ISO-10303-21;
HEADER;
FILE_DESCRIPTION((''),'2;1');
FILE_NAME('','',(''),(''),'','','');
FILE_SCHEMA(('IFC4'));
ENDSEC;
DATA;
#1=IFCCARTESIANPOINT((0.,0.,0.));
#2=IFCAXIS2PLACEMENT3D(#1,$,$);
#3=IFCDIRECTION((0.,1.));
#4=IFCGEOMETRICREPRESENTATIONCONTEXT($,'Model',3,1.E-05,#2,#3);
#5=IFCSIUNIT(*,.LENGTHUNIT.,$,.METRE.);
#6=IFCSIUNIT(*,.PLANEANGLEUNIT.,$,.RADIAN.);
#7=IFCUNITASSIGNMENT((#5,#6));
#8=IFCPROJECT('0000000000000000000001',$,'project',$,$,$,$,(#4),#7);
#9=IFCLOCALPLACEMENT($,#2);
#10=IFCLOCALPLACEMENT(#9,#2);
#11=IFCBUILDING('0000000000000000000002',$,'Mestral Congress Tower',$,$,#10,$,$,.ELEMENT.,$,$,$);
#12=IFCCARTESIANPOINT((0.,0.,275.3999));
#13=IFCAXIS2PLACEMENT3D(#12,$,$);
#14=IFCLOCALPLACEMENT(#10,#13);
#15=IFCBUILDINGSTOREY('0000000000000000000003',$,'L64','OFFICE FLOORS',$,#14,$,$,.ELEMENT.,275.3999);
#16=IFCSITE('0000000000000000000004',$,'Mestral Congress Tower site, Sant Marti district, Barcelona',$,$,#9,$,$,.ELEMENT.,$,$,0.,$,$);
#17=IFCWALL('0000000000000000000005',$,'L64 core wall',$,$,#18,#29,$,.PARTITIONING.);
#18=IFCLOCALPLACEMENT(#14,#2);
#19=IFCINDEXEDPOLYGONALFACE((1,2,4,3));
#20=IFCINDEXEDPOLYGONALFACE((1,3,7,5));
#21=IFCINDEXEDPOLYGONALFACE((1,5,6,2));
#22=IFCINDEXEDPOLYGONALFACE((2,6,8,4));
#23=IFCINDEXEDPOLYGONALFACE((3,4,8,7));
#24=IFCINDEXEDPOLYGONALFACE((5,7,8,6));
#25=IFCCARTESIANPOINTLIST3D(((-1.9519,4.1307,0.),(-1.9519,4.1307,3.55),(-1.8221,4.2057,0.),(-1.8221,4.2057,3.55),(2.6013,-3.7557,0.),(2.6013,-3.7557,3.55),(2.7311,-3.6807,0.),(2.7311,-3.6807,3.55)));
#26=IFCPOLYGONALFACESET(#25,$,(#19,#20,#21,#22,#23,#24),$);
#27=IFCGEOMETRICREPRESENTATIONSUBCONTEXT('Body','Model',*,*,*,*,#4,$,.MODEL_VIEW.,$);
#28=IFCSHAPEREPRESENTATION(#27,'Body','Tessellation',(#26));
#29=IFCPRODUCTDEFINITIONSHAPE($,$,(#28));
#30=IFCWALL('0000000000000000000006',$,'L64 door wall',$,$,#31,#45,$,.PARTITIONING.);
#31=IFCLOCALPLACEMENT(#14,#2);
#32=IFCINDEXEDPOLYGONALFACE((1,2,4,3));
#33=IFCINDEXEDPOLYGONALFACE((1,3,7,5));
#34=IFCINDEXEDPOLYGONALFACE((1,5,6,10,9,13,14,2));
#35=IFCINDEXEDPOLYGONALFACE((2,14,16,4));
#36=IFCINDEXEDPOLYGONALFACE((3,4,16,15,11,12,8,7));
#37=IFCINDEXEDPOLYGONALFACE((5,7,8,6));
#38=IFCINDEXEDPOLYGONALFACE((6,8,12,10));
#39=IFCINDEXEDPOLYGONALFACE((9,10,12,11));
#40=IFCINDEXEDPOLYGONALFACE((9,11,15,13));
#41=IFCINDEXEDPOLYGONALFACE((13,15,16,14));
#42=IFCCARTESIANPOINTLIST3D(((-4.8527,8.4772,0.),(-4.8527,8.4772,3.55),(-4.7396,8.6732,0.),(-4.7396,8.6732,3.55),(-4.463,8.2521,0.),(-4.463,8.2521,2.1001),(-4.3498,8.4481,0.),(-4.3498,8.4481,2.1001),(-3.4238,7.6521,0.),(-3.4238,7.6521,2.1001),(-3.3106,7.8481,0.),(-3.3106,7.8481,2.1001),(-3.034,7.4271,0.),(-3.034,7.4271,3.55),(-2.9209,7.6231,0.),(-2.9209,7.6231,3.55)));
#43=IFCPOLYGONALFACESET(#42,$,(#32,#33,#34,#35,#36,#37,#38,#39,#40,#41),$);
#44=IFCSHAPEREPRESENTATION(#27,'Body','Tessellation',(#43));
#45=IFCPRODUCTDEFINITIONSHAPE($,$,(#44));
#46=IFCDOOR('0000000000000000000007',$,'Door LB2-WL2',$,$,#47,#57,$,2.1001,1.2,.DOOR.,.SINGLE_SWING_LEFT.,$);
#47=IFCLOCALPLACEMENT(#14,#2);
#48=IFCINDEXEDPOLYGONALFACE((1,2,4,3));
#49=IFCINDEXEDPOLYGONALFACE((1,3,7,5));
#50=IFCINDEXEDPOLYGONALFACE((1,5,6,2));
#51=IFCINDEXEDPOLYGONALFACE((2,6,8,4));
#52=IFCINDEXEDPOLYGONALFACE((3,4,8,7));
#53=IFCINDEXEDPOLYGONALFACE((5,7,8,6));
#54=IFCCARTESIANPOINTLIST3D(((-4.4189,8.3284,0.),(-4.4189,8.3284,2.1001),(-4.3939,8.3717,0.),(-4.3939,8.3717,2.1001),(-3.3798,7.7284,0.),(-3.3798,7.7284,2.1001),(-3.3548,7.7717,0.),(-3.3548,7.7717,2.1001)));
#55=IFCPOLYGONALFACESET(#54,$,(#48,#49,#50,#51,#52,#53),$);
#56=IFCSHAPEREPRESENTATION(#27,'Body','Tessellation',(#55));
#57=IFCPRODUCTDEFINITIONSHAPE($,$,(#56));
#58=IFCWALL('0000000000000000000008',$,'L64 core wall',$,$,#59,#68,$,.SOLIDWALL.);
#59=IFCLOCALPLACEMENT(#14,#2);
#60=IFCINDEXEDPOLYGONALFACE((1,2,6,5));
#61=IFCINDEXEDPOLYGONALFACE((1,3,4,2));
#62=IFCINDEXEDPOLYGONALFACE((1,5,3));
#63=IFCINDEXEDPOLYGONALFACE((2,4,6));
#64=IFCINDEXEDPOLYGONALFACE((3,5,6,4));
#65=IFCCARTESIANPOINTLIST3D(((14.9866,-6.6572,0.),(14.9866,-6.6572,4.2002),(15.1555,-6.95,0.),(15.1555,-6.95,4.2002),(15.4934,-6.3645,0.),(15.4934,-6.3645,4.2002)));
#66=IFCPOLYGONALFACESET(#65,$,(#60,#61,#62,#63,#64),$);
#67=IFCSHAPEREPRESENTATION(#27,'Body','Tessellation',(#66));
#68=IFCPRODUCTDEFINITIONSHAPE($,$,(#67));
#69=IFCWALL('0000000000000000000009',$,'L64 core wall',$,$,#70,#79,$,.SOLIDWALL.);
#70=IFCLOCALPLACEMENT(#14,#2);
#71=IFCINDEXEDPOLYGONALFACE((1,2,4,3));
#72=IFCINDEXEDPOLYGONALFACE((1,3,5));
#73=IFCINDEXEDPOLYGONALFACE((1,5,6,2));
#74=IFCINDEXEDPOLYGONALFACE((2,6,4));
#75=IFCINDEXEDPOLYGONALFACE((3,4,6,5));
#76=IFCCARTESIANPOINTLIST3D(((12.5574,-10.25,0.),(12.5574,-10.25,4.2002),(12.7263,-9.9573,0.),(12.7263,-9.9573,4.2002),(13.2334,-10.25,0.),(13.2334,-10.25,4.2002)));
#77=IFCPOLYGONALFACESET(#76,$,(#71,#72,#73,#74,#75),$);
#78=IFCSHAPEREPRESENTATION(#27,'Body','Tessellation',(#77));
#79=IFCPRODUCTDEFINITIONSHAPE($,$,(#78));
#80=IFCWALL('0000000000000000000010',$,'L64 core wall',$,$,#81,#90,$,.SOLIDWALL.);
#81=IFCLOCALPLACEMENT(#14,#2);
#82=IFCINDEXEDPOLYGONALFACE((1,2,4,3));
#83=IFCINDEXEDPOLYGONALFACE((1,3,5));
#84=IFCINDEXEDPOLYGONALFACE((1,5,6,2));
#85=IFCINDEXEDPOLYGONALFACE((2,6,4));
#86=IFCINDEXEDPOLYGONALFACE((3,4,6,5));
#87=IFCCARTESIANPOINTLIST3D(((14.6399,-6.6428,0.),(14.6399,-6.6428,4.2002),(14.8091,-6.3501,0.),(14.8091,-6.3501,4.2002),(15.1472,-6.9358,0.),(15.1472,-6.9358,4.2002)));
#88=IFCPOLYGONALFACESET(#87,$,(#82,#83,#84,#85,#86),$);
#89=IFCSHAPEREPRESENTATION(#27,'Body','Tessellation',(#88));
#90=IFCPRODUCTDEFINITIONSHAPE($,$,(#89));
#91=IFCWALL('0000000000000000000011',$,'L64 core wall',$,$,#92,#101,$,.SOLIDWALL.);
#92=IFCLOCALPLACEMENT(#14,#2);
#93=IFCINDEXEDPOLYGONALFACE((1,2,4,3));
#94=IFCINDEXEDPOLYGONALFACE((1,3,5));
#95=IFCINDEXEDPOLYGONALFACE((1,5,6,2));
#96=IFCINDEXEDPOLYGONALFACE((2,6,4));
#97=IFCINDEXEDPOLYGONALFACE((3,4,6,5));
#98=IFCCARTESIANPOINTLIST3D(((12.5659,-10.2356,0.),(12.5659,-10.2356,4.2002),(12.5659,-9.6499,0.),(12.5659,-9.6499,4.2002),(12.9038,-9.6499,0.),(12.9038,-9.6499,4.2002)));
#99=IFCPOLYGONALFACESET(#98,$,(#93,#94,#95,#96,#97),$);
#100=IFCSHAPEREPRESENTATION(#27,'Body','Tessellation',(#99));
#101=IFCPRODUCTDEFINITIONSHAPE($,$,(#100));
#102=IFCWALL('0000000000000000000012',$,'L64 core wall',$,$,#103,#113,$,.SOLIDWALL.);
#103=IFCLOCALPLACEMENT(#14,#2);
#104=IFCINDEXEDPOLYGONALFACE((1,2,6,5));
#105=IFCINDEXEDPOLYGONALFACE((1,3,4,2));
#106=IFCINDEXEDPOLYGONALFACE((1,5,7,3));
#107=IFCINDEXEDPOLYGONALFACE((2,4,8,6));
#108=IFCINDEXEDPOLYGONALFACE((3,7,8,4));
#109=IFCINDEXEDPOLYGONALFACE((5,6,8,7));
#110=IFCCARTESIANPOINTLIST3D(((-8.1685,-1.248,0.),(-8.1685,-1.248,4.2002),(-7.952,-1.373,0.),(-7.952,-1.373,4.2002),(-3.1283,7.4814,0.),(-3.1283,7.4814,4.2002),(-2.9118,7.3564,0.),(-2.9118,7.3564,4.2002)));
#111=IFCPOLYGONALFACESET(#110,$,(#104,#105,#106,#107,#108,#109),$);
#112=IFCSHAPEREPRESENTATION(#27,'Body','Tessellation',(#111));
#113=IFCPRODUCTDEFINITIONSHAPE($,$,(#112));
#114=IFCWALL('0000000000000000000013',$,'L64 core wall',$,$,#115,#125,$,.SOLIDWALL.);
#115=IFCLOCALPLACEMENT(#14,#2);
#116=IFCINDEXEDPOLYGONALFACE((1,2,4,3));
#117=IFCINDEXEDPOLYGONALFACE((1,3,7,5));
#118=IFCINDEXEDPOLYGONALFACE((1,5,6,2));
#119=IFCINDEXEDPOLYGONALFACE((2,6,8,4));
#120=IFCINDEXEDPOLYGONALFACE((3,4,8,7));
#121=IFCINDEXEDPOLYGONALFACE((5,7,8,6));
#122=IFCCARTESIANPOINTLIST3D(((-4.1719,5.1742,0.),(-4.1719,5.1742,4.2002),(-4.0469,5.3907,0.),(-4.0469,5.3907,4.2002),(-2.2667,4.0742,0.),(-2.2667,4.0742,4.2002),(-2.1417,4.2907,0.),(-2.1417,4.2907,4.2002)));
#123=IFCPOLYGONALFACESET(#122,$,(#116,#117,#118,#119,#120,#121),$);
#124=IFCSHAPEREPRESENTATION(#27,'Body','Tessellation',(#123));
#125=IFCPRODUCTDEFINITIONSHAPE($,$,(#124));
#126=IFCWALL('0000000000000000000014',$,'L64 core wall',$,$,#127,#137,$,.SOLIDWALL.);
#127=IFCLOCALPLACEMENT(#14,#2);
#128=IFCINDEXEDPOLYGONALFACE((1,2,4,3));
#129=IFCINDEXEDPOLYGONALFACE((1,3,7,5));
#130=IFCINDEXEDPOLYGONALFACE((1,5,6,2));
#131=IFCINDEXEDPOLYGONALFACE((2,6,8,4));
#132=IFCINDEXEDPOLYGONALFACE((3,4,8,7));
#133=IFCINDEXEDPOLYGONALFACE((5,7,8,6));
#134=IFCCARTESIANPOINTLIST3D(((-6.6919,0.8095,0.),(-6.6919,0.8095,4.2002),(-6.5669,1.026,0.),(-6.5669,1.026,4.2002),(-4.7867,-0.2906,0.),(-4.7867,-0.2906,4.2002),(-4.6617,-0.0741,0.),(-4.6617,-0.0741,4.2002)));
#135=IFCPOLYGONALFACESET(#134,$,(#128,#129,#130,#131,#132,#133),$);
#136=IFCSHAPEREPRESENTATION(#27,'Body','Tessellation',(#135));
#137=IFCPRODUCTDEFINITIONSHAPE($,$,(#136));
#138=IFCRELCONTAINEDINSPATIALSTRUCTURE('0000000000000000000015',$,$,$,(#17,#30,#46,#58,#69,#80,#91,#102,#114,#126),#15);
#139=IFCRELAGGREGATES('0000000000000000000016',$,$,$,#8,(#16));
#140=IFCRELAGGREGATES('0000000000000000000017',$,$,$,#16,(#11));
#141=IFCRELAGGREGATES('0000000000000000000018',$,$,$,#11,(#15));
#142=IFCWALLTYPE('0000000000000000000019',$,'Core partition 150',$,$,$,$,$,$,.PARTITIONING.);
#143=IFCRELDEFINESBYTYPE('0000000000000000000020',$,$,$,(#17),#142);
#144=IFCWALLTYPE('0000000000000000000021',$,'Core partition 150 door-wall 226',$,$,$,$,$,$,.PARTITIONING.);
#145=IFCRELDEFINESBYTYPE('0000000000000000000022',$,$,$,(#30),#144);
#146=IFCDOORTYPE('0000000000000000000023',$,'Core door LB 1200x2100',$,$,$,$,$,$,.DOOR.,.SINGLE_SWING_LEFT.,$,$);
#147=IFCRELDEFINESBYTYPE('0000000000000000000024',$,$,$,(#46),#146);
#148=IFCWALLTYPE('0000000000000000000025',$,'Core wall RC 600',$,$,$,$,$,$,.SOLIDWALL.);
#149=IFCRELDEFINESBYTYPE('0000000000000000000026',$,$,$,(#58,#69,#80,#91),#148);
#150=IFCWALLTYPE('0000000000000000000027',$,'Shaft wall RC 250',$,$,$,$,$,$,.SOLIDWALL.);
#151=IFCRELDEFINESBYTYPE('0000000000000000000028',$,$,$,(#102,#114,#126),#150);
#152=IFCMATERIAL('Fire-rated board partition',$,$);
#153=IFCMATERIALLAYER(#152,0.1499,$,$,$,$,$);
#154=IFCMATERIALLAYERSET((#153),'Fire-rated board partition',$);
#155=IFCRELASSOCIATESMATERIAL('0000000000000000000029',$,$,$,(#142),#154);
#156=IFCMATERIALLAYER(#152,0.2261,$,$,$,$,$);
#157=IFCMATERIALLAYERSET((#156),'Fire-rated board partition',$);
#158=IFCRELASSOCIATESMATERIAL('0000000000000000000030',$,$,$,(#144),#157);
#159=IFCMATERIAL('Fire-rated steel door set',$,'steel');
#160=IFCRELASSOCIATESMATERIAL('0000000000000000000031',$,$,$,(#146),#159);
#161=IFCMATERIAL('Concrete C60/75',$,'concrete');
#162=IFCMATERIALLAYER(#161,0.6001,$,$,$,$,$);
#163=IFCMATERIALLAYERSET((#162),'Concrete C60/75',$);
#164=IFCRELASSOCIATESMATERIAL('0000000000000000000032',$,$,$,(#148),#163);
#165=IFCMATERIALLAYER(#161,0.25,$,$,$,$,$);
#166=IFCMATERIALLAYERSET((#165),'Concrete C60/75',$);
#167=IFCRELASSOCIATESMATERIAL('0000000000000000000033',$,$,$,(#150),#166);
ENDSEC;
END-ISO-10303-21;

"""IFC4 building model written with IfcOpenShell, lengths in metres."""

from ifc_helpers import new_model, si_unit, direction, frame, frame_2d, origin, place, context, subcontext, project, spatial, polyline, rectangle, outline, extrude, material, layer, layer_set, type_object, element, fill, save


model = new_model("IFC4")

# Units and contexts
model_context = context("Model", 3, precision=1e-05, world=origin(), true_north=direction((0.0, 1.0)))
body_context = subcontext(model_context, "Body", "Model", "MODEL_VIEW")
ifc_project = project(units=[si_unit("LENGTHUNIT", "METRE"), si_unit("PLANEANGLEUNIT", "RADIAN")], contexts=[model_context])

# Site, building, storey
site_placement = place(None, origin())
site = spatial("IfcSite", under=ifc_project, at=site_placement, Name="Mestral Congress Tower site, Sant Marti district, Barcelona", CompositionType="ELEMENT", RefElevation=0.0)
building_placement = place(site_placement, origin())
building = spatial("IfcBuilding", under=site, at=building_placement, Name="Mestral Congress Tower", CompositionType="ELEMENT")
storey_placement = place(building_placement, frame((0.0, 0.0, 275.3999)))
storey = spatial("IfcBuildingStorey", under=building, at=storey_placement, Name="L64", Description="OFFICE FLOORS", CompositionType="ELEMENT", Elevation=275.3999)

# Shared definitions
ifc_material_1 = material(Name="Concrete C60/75", Category="concrete")

# Shared definitions
placement_1 = place(storey_placement, origin())

# Wall
ifc_material_2 = material(Name="Fire-rated board partition")
ifc_layer_1 = layer(ifc_material_2, 0.1499)
ifc_layer_set_1 = layer_set([ifc_layer_1], Name="Fire-rated board partition")
wall_type_1 = type_object("IfcWallType", Name="Core partition 150", PredefinedType="PARTITIONING", material=ifc_layer_set_1)
wall_1_placement = place(storey_placement, frame((-1.887, 4.1682, 0.0), z_axis=(0.0, 0.0, 1.0), x_axis=(0.499997, -0.866027, 0.0)))
element("IfcWall", 1, at=wall_1_placement, inside=storey, type_object=wall_type_1, Name="L64 core wall", PredefinedType="PARTITIONING", context=body_context, shape_type="SweptSolid", body=[
    extrude(rectangle(XDim=9.1064, YDim=0.1499, at=frame_2d((4.5532, 0.0))), origin(), (0.0, 0.0, 1.0), 3.55),
])

# Wall, opening, door
ifc_layer_2 = layer(ifc_material_2, 0.2261)
ifc_layer_set_2 = layer_set([ifc_layer_2], Name="Fire-rated board partition")
wall_type_2 = type_object("IfcWallType", Name="Core partition 150 door-wall 226", PredefinedType="PARTITIONING", material=ifc_layer_set_2)
wall_2_placement = place(storey_placement, frame((-4.7961, 8.5752, 0.0), z_axis=(0.0, 0.0, 1.0), x_axis=(0.866009, -0.500028, 0.0)))
wall_2 = element("IfcWall", 2, at=wall_2_placement, inside=storey, type_object=wall_type_2, Name="L64 door wall", PredefinedType="PARTITIONING", context=body_context, shape_type="SweptSolid", body=[
    extrude(rectangle(XDim=2.1001, YDim=0.2263, at=frame_2d((1.05, 0.0))), origin(), (0.0, 0.0, 1.0), 3.55),
])
opening_1_placement = place(wall_2_placement, frame((0.45, 0.0, 0.0)))
opening_1 = element("IfcOpeningElement", 3, at=opening_1_placement, cuts=wall_2, PredefinedType="OPENING", context=body_context, shape_type="SweptSolid", body=[
    extrude(rectangle(XDim=1.2, YDim=2.1001, at=frame_2d((0.6001, 1.05))), frame((0.0, 0.123, 0.0), z_axis=(0.0, -1.0, 0.0), x_axis=(1.0, 0.0, 0.0)), (0.0, 0.0, 1.0), 0.2463),
])
ifc_material_3 = material(Name="Fire-rated steel door set", Category="steel")
door_type_1 = type_object("IfcDoorType", Name="Core door LB 1200x2100", OperationType="SINGLE_SWING_LEFT", PredefinedType="DOOR", material=ifc_material_3)
door_1_placement = place(opening_1_placement, origin())
door_1 = element("IfcDoor", 4, at=door_1_placement, inside=storey, type_object=door_type_1, Name="Door LB2-WL2", OperationType="SINGLE_SWING_LEFT", OverallHeight=2.1001, OverallWidth=1.2, PredefinedType="DOOR", context=body_context, shape_type="SweptSolid", body=[
    extrude(rectangle(XDim=1.2, YDim=2.1001, at=frame_2d((0.6001, 1.05))), frame((0.0, 0.0249, 0.0), z_axis=(0.0, -1.0, 0.0), x_axis=(1.0, 0.0, 0.0)), (0.0, 0.0, 1.0), 0.05),
])
fill(opening_1, door_1)

# Walls
ifc_layer_3 = layer(ifc_material_1, 0.6001)
ifc_layer_set_3 = layer_set([ifc_layer_3], Name="Concrete C60/75")
wall_type_3 = type_object("IfcWallType", Name="Core wall RC 600", PredefinedType="SOLIDWALL", material=ifc_layer_set_3)
element("IfcWall", 5, at=placement_1, inside=storey, type_object=wall_type_3, Name="L64 core wall", PredefinedType="SOLIDWALL", context=body_context, shape_type="SweptSolid", body=[
    extrude(outline(polyline([(15.1555, -6.95), (14.9866, -6.6572), (15.4934, -6.3645), (15.1555, -6.95)])), origin(), (0.0, 0.0, 1.0), 4.2002),
])
element("IfcWall", 6, at=placement_1, inside=storey, type_object=wall_type_3, Name="L64 core wall", PredefinedType="SOLIDWALL", context=body_context, shape_type="SweptSolid", body=[
    extrude(outline(polyline([(12.7263, -9.9573), (13.2334, -10.25), (12.5574, -10.25), (12.7263, -9.9573)])), origin(), (0.0, 0.0, 1.0), 4.2002),
])
element("IfcWall", 7, at=placement_1, inside=storey, type_object=wall_type_3, Name="L64 core wall", PredefinedType="SOLIDWALL", context=body_context, shape_type="SweptSolid", body=[
    extrude(outline(polyline([(14.8091, -6.3501), (15.1472, -6.9358), (14.6399, -6.6428), (14.8091, -6.3501)])), origin(), (0.0, 0.0, 1.0), 4.2002),
])
element("IfcWall", 8, at=placement_1, inside=storey, type_object=wall_type_3, Name="L64 core wall", PredefinedType="SOLIDWALL", context=body_context, shape_type="SweptSolid", body=[
    extrude(outline(polyline([(12.9038, -9.6499), (12.5659, -10.2356), (12.5659, -9.6499), (12.9038, -9.6499)])), origin(), (0.0, 0.0, 1.0), 4.2002),
])
ifc_layer_4 = layer(ifc_material_1, 0.25)
ifc_layer_set_4 = layer_set([ifc_layer_4], Name="Concrete C60/75")
wall_type_4 = type_object("IfcWallType", Name="Shaft wall RC 250", PredefinedType="SOLIDWALL", material=ifc_layer_set_4)
wall_3_placement = place(storey_placement, frame((-3.02, 7.4189, 0.0), z_axis=(0.0, 0.0, 1.0), x_axis=(-0.500023, -0.866012, 0.0)))
element("IfcWall", 9, at=wall_3_placement, inside=storey, type_object=wall_type_4, Name="L64 core wall", PredefinedType="SOLIDWALL", context=body_context, shape_type="SweptSolid", body=[
    extrude(rectangle(XDim=10.0801, YDim=0.25, at=frame_2d((5.04, 0.0))), origin(), (0.0, 0.0, 1.0), 4.2002),
])
for number, where, z_axis, x_axis, name in (
    (10, (-2.2041, 4.1824, 0.0), (0.0, 0.0, 1.0), (-0.866008, 0.50003, 0.0), "L64 core wall"),
    (11, (-4.7241, -0.1824, 0.0), (0.0, 0.0, 1.0), (-0.866008, 0.50003, 0.0), "L64 core wall"),
):
    element("IfcWall", number, at=place(storey_placement, frame(where, z_axis=z_axis, x_axis=x_axis)), inside=storey, type_object=wall_type_4, Name=name, PredefinedType="SOLIDWALL", context=body_context, shape_type="SweptSolid", body=[
        extrude(rectangle(XDim=2.2, YDim=0.25, at=frame_2d((1.1001, 0.0))), origin(), (0.0, 0.0, 1.0), 4.2002),
    ])

save(model, "model.ifc")
